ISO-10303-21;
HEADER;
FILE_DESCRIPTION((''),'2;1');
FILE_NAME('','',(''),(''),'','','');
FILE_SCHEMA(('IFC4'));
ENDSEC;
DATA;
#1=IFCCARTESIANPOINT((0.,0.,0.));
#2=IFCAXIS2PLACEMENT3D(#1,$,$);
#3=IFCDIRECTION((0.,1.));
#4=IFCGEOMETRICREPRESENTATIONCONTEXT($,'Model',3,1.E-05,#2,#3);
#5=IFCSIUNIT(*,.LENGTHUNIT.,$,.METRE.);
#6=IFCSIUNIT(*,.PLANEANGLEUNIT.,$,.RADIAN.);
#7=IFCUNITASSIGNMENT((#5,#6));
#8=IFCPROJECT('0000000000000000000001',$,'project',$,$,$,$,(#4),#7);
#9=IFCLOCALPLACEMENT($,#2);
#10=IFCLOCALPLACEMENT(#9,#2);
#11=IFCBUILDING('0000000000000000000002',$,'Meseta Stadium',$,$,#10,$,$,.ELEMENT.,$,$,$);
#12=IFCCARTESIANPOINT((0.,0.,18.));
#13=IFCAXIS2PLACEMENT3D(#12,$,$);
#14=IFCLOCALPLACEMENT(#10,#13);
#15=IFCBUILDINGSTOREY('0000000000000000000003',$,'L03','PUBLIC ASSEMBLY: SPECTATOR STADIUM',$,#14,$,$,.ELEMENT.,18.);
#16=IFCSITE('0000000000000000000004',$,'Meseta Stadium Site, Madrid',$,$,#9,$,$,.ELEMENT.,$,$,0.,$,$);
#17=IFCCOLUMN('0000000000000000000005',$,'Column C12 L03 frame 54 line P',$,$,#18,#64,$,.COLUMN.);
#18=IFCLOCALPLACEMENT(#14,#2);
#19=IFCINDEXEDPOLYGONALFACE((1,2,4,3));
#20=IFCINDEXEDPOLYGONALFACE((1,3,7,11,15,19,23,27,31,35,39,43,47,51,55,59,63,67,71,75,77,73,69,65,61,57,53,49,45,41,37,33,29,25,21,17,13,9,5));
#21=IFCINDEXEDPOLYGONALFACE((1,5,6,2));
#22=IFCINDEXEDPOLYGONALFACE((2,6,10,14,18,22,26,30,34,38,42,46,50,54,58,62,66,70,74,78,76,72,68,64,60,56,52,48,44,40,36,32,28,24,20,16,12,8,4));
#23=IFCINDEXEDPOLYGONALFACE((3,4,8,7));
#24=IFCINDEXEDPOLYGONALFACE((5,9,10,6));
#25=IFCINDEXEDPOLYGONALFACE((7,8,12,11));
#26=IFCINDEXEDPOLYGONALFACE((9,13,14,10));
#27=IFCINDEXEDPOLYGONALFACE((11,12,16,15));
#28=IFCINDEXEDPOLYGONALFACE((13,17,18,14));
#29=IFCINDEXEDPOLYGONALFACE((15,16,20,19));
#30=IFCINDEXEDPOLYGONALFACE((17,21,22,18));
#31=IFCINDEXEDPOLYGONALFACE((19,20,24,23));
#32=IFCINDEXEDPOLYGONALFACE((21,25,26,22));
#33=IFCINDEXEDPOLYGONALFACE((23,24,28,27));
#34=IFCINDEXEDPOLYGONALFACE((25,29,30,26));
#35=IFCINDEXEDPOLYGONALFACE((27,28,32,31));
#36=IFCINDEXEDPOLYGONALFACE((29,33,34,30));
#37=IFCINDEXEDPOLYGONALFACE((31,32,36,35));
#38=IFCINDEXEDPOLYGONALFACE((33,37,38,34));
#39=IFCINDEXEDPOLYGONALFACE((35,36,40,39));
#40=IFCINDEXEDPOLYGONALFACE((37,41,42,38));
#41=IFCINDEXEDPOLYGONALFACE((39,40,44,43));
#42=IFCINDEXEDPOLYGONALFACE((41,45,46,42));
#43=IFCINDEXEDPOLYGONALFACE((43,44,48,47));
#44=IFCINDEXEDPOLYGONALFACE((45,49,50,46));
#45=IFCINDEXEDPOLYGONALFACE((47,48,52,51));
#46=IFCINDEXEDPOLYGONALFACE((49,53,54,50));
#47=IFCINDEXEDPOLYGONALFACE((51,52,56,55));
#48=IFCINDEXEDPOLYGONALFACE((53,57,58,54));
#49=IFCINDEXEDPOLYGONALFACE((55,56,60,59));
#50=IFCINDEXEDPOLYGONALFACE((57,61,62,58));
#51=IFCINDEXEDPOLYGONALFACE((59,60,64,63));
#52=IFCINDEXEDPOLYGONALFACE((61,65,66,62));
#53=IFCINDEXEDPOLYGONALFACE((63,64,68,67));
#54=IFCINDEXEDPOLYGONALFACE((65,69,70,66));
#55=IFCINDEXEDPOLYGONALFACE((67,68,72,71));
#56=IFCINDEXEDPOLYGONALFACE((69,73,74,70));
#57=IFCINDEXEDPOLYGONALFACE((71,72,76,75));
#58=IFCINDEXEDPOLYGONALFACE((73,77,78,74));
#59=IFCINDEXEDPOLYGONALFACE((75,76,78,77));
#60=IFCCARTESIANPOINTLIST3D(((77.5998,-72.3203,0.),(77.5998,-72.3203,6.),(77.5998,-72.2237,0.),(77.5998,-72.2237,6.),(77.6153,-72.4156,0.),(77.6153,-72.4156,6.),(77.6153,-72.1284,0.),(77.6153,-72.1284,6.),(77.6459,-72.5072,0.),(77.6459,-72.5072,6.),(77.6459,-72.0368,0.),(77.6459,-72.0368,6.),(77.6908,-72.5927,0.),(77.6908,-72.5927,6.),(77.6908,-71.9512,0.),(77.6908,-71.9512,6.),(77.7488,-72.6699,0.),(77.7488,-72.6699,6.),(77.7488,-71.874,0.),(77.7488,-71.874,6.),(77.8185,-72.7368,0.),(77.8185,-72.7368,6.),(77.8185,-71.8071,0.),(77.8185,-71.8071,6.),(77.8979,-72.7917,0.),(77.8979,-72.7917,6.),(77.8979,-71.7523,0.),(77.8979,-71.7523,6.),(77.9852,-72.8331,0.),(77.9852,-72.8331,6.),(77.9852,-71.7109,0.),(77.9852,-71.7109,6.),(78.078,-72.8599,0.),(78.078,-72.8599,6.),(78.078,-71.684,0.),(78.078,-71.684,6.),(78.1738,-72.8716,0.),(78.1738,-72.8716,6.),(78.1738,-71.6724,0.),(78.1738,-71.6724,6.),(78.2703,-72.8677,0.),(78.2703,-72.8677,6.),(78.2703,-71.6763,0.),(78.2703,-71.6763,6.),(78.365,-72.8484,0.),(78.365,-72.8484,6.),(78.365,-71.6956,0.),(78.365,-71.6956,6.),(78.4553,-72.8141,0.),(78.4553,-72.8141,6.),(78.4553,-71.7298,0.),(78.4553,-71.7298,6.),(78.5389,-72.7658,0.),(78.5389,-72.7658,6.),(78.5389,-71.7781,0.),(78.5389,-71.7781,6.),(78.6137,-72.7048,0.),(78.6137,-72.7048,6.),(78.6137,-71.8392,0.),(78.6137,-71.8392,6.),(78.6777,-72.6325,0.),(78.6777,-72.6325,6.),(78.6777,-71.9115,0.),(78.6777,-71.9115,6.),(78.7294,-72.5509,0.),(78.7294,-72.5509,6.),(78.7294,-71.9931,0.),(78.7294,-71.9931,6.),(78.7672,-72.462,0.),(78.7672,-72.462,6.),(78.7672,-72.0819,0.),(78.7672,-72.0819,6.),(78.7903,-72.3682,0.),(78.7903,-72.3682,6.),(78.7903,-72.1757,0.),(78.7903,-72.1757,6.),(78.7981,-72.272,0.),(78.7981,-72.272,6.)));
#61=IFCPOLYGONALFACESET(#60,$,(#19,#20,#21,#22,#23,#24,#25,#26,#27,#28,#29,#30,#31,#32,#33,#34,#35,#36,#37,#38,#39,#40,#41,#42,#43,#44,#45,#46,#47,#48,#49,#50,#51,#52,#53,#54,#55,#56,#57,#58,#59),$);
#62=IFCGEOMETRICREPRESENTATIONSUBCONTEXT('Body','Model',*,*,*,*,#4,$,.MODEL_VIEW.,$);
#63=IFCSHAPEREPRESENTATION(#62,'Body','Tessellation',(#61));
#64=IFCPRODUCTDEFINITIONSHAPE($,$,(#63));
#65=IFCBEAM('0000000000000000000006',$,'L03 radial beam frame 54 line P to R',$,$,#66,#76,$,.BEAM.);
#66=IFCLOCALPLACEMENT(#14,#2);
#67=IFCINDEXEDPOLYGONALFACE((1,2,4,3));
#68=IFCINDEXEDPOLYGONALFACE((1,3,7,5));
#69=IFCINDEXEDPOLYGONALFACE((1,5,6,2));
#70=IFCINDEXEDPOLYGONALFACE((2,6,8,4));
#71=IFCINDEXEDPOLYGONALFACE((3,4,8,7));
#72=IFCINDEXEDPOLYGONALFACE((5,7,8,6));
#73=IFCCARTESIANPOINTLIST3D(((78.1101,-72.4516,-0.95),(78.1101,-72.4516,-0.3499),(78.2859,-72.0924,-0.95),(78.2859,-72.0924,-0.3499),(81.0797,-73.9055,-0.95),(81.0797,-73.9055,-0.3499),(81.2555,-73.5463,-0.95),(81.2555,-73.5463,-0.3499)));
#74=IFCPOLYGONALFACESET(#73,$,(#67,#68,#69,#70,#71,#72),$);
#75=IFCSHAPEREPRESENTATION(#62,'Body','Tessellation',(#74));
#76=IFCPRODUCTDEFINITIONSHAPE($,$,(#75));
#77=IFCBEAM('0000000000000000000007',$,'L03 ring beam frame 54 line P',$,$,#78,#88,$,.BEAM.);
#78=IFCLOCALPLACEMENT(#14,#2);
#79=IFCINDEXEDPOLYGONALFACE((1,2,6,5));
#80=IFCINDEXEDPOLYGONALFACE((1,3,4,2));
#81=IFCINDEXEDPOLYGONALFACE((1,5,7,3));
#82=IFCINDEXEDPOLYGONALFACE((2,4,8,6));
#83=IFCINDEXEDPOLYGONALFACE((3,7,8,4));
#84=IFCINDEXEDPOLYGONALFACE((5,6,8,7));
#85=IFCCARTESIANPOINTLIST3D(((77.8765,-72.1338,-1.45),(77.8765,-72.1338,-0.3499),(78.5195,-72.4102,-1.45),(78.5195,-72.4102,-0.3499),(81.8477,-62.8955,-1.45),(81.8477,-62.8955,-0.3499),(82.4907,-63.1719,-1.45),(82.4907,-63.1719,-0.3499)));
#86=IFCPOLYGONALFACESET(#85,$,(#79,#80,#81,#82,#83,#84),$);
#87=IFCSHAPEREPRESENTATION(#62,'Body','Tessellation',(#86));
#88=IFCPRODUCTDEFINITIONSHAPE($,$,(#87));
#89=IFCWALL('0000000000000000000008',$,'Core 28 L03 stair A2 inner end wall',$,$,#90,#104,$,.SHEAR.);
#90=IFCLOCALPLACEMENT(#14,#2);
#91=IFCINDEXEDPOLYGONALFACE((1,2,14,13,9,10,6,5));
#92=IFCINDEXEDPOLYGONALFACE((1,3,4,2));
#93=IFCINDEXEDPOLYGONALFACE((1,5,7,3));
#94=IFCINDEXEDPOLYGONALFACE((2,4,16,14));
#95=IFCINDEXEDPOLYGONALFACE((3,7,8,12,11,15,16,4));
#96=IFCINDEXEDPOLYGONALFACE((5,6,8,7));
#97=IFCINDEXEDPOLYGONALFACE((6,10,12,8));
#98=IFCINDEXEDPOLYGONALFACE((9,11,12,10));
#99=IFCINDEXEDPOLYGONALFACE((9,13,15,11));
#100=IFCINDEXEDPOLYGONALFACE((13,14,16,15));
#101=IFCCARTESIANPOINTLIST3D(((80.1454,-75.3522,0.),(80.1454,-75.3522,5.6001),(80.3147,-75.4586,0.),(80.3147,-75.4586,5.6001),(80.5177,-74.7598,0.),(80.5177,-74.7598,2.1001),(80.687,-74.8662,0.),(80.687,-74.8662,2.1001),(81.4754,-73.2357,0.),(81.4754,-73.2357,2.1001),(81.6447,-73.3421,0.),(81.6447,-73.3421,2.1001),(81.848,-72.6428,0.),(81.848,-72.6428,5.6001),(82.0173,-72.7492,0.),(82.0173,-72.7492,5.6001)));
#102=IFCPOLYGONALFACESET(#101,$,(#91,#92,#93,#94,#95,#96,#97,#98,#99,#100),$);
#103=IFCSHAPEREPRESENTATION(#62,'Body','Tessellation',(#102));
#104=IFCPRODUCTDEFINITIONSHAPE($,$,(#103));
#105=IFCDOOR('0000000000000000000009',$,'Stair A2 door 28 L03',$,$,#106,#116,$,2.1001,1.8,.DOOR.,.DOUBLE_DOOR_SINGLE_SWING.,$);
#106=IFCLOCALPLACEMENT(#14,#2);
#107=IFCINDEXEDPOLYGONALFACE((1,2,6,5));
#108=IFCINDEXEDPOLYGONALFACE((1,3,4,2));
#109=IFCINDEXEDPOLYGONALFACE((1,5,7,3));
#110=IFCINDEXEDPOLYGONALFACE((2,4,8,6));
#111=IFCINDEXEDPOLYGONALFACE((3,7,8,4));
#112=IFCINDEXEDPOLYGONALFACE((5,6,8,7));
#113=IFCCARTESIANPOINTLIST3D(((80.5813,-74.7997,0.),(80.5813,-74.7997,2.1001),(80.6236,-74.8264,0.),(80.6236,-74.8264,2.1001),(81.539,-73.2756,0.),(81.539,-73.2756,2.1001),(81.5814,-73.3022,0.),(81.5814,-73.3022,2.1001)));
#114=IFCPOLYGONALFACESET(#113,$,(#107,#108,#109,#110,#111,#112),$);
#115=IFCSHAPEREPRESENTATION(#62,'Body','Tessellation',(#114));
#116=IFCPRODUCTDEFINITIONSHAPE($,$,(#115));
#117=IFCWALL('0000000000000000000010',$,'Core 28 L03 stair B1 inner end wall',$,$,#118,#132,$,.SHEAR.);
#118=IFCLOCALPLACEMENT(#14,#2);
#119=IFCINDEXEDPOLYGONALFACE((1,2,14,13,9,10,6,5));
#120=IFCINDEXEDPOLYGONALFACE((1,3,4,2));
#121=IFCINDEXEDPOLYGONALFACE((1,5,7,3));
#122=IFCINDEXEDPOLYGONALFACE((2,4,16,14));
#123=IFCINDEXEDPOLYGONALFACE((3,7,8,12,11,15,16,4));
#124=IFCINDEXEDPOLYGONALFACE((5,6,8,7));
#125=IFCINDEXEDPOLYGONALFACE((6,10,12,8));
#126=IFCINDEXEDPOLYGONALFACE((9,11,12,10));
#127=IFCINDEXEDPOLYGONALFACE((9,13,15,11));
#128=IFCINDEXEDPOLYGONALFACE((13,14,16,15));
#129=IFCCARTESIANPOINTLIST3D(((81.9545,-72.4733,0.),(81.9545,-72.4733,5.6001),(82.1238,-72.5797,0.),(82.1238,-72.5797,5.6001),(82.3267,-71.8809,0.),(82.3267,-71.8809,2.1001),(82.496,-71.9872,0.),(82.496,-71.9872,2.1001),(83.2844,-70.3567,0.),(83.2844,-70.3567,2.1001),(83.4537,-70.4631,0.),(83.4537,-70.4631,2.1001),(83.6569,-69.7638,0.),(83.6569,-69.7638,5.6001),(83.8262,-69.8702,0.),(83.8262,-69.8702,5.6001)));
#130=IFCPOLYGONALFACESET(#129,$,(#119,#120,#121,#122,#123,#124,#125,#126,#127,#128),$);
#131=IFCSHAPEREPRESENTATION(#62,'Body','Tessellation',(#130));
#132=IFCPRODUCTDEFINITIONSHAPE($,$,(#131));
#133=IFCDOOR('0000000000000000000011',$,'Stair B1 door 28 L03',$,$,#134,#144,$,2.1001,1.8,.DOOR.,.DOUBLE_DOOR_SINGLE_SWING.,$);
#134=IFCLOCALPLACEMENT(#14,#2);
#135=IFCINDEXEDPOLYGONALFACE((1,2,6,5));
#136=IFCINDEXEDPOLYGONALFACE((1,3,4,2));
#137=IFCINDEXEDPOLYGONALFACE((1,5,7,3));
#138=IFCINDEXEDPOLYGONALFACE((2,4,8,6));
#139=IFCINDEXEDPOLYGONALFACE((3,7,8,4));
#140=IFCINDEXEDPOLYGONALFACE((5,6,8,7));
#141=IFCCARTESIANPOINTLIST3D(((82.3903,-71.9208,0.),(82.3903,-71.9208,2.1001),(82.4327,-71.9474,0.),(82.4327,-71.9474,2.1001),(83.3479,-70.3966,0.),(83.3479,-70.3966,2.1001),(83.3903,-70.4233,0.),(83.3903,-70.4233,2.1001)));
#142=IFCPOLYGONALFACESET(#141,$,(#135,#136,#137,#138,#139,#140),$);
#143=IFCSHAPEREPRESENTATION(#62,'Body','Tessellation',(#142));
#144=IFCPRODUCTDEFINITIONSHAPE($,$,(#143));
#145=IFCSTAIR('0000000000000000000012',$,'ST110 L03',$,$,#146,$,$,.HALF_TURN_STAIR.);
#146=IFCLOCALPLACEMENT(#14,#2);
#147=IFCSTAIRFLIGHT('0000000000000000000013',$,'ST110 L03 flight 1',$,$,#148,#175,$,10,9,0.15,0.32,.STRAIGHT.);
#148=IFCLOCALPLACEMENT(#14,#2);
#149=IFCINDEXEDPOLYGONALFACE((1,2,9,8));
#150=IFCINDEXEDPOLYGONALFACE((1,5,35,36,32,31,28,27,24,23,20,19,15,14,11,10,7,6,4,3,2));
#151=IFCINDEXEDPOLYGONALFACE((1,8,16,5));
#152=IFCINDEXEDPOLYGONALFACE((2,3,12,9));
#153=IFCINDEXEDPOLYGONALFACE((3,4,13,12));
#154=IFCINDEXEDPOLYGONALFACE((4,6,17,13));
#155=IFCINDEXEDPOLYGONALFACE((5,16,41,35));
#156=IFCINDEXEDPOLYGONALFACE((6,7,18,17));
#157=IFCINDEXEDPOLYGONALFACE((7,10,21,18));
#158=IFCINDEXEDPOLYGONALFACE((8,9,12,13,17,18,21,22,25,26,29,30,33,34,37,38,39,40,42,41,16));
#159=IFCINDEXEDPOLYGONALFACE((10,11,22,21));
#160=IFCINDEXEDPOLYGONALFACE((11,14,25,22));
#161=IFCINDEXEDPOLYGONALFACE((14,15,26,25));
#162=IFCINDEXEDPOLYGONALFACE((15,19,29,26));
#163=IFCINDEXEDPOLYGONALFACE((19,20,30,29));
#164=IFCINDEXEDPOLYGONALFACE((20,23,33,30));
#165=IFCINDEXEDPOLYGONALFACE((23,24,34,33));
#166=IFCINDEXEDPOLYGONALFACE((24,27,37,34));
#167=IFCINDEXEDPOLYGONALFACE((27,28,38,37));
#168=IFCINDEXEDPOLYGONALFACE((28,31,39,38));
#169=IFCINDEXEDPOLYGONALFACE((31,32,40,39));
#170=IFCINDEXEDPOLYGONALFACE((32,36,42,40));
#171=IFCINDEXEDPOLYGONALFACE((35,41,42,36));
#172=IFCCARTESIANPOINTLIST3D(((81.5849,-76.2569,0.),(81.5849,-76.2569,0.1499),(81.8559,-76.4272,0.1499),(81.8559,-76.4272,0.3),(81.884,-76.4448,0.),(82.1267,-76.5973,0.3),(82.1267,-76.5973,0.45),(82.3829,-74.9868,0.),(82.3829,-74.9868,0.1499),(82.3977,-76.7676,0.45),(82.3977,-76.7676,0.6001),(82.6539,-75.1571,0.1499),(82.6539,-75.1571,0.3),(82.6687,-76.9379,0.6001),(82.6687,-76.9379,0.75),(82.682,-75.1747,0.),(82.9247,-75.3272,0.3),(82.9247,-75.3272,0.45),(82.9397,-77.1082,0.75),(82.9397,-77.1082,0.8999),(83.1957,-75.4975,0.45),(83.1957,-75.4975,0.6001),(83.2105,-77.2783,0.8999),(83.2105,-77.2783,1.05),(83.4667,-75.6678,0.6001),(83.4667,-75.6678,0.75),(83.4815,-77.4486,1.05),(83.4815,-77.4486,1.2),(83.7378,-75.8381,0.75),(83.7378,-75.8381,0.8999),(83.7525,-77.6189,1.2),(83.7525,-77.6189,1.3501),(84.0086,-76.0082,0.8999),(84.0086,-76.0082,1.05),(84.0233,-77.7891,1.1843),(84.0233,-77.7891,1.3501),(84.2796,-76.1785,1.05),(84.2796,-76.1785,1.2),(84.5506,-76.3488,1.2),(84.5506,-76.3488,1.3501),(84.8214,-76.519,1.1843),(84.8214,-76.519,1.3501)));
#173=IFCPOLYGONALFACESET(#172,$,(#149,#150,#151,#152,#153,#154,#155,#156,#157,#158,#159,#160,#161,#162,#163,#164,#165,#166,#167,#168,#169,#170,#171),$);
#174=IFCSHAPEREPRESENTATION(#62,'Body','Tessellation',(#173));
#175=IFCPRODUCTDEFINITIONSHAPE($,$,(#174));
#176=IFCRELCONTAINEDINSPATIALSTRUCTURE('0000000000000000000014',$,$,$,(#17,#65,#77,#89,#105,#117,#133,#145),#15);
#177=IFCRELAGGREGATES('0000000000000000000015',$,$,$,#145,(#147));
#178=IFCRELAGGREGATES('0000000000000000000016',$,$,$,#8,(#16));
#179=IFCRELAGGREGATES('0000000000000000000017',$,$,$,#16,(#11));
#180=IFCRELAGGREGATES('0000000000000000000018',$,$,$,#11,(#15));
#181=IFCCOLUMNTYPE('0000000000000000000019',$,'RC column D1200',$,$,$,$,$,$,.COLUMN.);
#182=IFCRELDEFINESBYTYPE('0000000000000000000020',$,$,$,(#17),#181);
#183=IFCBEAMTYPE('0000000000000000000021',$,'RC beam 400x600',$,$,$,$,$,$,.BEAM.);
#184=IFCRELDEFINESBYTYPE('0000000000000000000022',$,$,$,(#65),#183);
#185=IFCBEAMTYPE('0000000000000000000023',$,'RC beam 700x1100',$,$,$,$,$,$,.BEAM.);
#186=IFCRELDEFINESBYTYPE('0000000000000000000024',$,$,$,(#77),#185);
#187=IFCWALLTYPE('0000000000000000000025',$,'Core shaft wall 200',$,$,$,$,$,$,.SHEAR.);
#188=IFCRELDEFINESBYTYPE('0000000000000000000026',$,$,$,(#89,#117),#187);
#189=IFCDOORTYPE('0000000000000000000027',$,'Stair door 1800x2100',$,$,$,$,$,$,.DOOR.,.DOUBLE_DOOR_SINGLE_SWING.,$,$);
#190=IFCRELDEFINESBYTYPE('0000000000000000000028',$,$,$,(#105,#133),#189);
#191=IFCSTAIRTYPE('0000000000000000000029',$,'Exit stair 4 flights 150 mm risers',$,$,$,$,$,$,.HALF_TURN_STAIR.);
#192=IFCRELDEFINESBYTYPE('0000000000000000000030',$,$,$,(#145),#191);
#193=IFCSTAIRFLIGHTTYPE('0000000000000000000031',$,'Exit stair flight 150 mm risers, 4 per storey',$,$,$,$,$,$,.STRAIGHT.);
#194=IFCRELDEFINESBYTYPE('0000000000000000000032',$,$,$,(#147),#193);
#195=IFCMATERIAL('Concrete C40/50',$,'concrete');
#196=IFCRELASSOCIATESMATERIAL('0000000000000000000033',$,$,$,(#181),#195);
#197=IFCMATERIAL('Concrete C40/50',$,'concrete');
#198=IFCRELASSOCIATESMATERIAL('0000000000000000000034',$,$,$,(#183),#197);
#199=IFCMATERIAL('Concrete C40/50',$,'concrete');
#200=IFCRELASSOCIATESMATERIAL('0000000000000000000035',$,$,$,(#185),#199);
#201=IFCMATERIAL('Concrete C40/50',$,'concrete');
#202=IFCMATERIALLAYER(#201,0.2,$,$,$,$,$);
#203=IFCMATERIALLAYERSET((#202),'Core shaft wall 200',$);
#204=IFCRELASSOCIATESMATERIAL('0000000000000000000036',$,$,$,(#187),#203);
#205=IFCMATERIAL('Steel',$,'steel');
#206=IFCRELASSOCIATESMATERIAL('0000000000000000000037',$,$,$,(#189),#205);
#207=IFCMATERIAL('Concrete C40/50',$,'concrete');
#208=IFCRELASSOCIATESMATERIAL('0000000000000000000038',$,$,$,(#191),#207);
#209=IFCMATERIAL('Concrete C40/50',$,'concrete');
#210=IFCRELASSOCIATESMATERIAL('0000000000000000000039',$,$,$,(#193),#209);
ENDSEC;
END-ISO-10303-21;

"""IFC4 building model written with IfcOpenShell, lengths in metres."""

from ifc_helpers import new_model, si_unit, direction, frame, frame_2d, origin, origin_2d, place, context, subcontext, project, spatial, polyline, rectangle, circle, outline, extrude, material, layer, layer_set, material_profile, profile_set, type_object, element, fill, aggregate, save


model = new_model("IFC4")

# Units and contexts
model_context = context("Model", 3, precision=1e-05, world=origin(), true_north=direction((0.0, 1.0)))
body_context = subcontext(model_context, "Body", "Model", "MODEL_VIEW")
ifc_project = project(units=[si_unit("LENGTHUNIT", "METRE"), si_unit("PLANEANGLEUNIT", "RADIAN")], contexts=[model_context])

# Site, building, storey
site_placement = place(None, origin())
site = spatial("IfcSite", under=ifc_project, at=site_placement, Name="Meseta Stadium Site, Madrid", CompositionType="ELEMENT", RefElevation=0.0)
building_placement = place(site_placement, origin())
building = spatial("IfcBuilding", under=site, at=building_placement, Name="Meseta Stadium", CompositionType="ELEMENT")
storey_placement = place(building_placement, frame((0.0, 0.0, 18.0)))
storey = spatial("IfcBuildingStorey", under=building, at=storey_placement, Name="L03", Description="PUBLIC ASSEMBLY: SPECTATOR STADIUM", CompositionType="ELEMENT", Elevation=18.0)

# Column
ifc_material_1 = material(Name="Concrete C40/50", Category="concrete")
ifc_material_profile_1 = material_profile(ifc_material_1, circle(Radius=0.6001, at=origin_2d()), Name="RC D1200")
ifc_profile_set_1 = profile_set([ifc_material_profile_1], Name="Concrete C40/50")
column_type = type_object("IfcColumnType", Name="RC column D1200", PredefinedType="COLUMN", material=ifc_profile_set_1)
column_placement = place(storey_placement, frame((78.198, -72.272, 0.0), z_axis=(0.0, 0.0, 1.0), x_axis=(1.0, 0.0, 0.0)))
element("IfcColumn", 1, at=column_placement, inside=storey, type_object=column_type, Name="Column C12 L03 frame 54 line P", PredefinedType="COLUMN", context=body_context, shape_type="SweptSolid", body=[
    extrude(circle(Radius=0.6001, at=origin_2d()), origin(), (0.0, 0.0, 1.0), 6.0),
])

# Beams
ifc_material_2 = material(Name="Concrete C40/50", Category="concrete")
ifc_material_profile_2 = material_profile(ifc_material_2, rectangle(XDim=0.3999, YDim=0.6001, at=origin_2d()), Name="RC 400x600")
ifc_profile_set_2 = profile_set([ifc_material_profile_2], Name="Concrete C40/50")
beam_type_1 = type_object("IfcBeamType", Name="RC beam 400x600", PredefinedType="BEAM", material=ifc_profile_set_2)
beam_1_placement = place(storey_placement, frame((78.198, -72.272, -0.6499), z_axis=(0.898132, -0.439725, 0.0), x_axis=(0.439725, 0.898132, 0.0)))
element("IfcBeam", 2, at=beam_1_placement, inside=storey, type_object=beam_type_1, Name="L03 radial beam frame 54 line P to R", PredefinedType="BEAM", context=body_context, shape_type="SweptSolid", body=[
    extrude(rectangle(XDim=0.3999, YDim=0.6001, at=origin_2d()), origin(), (0.0, 0.0, 1.0), 3.3064),
])
ifc_material_3 = material(Name="Concrete C40/50", Category="concrete")
ifc_material_profile_3 = material_profile(ifc_material_3, rectangle(XDim=0.7, YDim=1.1001, at=origin_2d()), Name="RC 700x1100")
ifc_profile_set_3 = profile_set([ifc_material_profile_3], Name="Concrete C40/50")
beam_type_2 = type_object("IfcBeamType", Name="RC beam 700x1100", PredefinedType="BEAM", material=ifc_profile_set_3)
beam_2_placement = place(storey_placement, frame((78.198, -72.272, -0.8999), z_axis=(0.394921, 0.918715, 0.0), x_axis=(-0.918715, 0.394921, 0.0)))
element("IfcBeam", 3, at=beam_2_placement, inside=storey, type_object=beam_type_2, Name="L03 ring beam frame 54 line P", PredefinedType="BEAM", context=body_context, shape_type="SweptSolid", body=[
    extrude(rectangle(XDim=0.7, YDim=1.1001, at=origin_2d()), origin(), (0.0, 0.0, 1.0), 10.0557),
])

# Walls, openings, doors
ifc_material_4 = material(Name="Concrete C40/50", Category="concrete")
ifc_layer = layer(ifc_material_4, 0.2)
ifc_layer_set = layer_set([ifc_layer], Name="Core shaft wall 200")
wall_type = type_object("IfcWallType", Name="Core shaft wall 200", PredefinedType="SHEAR", material=ifc_layer_set)
wall_1_placement = place(storey_placement, frame((80.23, -75.4055, 0.0), z_axis=(0.0, 0.0, 1.0), x_axis=(0.532068, 0.846701, 0.0)))
wall_1 = element("IfcWall", 4, at=wall_1_placement, inside=storey, type_object=wall_type, Name="Core 28 L03 stair A2 inner end wall", PredefinedType="SHEAR", context=body_context, shape_type="SweptSolid", body=[
    extrude(rectangle(XDim=3.2, YDim=0.2, at=frame_2d((1.6001, 0.0))), origin(), (0.0, 0.0, 1.0), 5.6001),
])
opening_1_placement = place(wall_1_placement, frame((0.7, 0.0, 0.0)))
opening_1 = element("IfcOpeningElement", 5, at=opening_1_placement, cuts=wall_1, PredefinedType="OPENING", context=body_context, shape_type="SweptSolid", body=[
    extrude(rectangle(XDim=1.8, YDim=2.1001, at=frame_2d((0.8999, 1.05))), frame((0.0, 0.1099, 0.0), z_axis=(0.0, -1.0, 0.0), x_axis=(1.0, 0.0, 0.0)), (0.0, 0.0, 1.0), 0.22),
])
ifc_material_5 = material(Name="Steel", Category="steel")
door_type = type_object("IfcDoorType", Name="Stair door 1800x2100", OperationType="DOUBLE_DOOR_SINGLE_SWING", PredefinedType="DOOR", material=ifc_material_5)
door_1_placement = place(opening_1_placement, origin())
door_1 = element("IfcDoor", 6, at=door_1_placement, inside=storey, type_object=door_type, Name="Stair A2 door 28 L03", OperationType="DOUBLE_DOOR_SINGLE_SWING", OverallHeight=2.1001, OverallWidth=1.8, PredefinedType="DOOR", context=body_context, shape_type="SweptSolid", body=[
    extrude(rectangle(XDim=1.8, YDim=2.1001, at=frame_2d((0.8999, 1.05))), frame((0.0, 0.0249, 0.0), z_axis=(0.0, -1.0, 0.0), x_axis=(1.0, 0.0, 0.0)), (0.0, 0.0, 1.0), 0.05),
])
fill(opening_1, door_1)
wall_2_placement = place(storey_placement, frame((82.0391, -72.5266, 0.0), z_axis=(0.0, 0.0, 1.0), x_axis=(0.532014, 0.846736, 0.0)))
wall_2 = element("IfcWall", 7, at=wall_2_placement, inside=storey, type_object=wall_type, Name="Core 28 L03 stair B1 inner end wall", PredefinedType="SHEAR", context=body_context, shape_type="SweptSolid", body=[
    extrude(rectangle(XDim=3.2, YDim=0.2, at=frame_2d((1.6001, 0.0))), origin(), (0.0, 0.0, 1.0), 5.6001),
])
opening_2_placement = place(wall_2_placement, frame((0.7, 0.0, 0.0)))
opening_2 = element("IfcOpeningElement", 8, at=opening_2_placement, cuts=wall_2, PredefinedType="OPENING", context=body_context, shape_type="SweptSolid", body=[
    extrude(rectangle(XDim=1.8, YDim=2.1001, at=frame_2d((0.8999, 1.05))), frame((0.0, 0.1099, 0.0), z_axis=(0.0, -1.0, 0.0), x_axis=(1.0, 0.0, 0.0)), (0.0, 0.0, 1.0), 0.22),
])
door_2_placement = place(opening_2_placement, origin())
door_2 = element("IfcDoor", 9, at=door_2_placement, inside=storey, type_object=door_type, Name="Stair B1 door 28 L03", OperationType="DOUBLE_DOOR_SINGLE_SWING", OverallHeight=2.1001, OverallWidth=1.8, PredefinedType="DOOR", context=body_context, shape_type="SweptSolid", body=[
    extrude(rectangle(XDim=1.8, YDim=2.1001, at=frame_2d((0.8999, 1.05))), frame((0.0, 0.0249, 0.0), z_axis=(0.0, -1.0, 0.0), x_axis=(1.0, 0.0, 0.0)), (0.0, 0.0, 1.0), 0.05),
])
fill(opening_2, door_2)

# Stair, stair flight
ifc_material_6 = material(Name="Concrete C40/50", Category="concrete")
stair_type = type_object("IfcStairType", Name="Exit stair 4 flights 150 mm risers", PredefinedType="HALF_TURN_STAIR", material=ifc_material_6)
stair_1_placement = place(storey_placement, origin())
stair_1 = element("IfcStair", 10, at=stair_1_placement, inside=storey, type_object=stair_type, Name="ST110 L03", PredefinedType="HALF_TURN_STAIR")
ifc_material_7 = material(Name="Concrete C40/50", Category="concrete")
stair_flight_type = type_object("IfcStairFlightType", Name="Exit stair flight 150 mm risers, 4 per storey", PredefinedType="STRAIGHT", material=ifc_material_7)
stair_flight_1_placement = place(storey_placement, frame((81.9839, -75.6218, 0.0), z_axis=(0.0, 0.0, 1.0), x_axis=(0.846724, -0.532032, 0.0)))
stair_flight_1 = element("IfcStairFlight", 11, at=stair_flight_1_placement, type_object=stair_flight_type, Name="ST110 L03 flight 1", NumberOfRisers=10, NumberOfTreads=9, PredefinedType="STRAIGHT", RiserHeight=0.15, TreadLength=0.32, context=body_context, shape_type="SweptSolid", body=[
    extrude(outline(polyline([(0.0, 0.0), (0.0, 0.1499), (0.3201, 0.1499), (0.3201, 0.3), (0.6399, 0.3), (0.6399, 0.45), (0.96, 0.45), (0.96, 0.6001), (1.28, 0.6001), (1.28, 0.75), (1.6001, 0.75), (1.6001, 0.8999), (1.9199, 0.8999), (1.9199, 1.05), (2.24, 1.05), (2.24, 1.2), (2.5601, 1.2), (2.5601, 1.3501), (2.8799, 1.3501), (2.8799, 1.1843), (0.3533, 0.0), (0.0, 0.0)])), frame((0.0, 0.75, 0.0), z_axis=(0.0, -1.0, 0.0), x_axis=(1.0, 0.0, 0.0)), (0.0, 0.0, 1.0), 1.5),
])
aggregate(stair_1, [stair_flight_1])

save(model, "model.ifc")
